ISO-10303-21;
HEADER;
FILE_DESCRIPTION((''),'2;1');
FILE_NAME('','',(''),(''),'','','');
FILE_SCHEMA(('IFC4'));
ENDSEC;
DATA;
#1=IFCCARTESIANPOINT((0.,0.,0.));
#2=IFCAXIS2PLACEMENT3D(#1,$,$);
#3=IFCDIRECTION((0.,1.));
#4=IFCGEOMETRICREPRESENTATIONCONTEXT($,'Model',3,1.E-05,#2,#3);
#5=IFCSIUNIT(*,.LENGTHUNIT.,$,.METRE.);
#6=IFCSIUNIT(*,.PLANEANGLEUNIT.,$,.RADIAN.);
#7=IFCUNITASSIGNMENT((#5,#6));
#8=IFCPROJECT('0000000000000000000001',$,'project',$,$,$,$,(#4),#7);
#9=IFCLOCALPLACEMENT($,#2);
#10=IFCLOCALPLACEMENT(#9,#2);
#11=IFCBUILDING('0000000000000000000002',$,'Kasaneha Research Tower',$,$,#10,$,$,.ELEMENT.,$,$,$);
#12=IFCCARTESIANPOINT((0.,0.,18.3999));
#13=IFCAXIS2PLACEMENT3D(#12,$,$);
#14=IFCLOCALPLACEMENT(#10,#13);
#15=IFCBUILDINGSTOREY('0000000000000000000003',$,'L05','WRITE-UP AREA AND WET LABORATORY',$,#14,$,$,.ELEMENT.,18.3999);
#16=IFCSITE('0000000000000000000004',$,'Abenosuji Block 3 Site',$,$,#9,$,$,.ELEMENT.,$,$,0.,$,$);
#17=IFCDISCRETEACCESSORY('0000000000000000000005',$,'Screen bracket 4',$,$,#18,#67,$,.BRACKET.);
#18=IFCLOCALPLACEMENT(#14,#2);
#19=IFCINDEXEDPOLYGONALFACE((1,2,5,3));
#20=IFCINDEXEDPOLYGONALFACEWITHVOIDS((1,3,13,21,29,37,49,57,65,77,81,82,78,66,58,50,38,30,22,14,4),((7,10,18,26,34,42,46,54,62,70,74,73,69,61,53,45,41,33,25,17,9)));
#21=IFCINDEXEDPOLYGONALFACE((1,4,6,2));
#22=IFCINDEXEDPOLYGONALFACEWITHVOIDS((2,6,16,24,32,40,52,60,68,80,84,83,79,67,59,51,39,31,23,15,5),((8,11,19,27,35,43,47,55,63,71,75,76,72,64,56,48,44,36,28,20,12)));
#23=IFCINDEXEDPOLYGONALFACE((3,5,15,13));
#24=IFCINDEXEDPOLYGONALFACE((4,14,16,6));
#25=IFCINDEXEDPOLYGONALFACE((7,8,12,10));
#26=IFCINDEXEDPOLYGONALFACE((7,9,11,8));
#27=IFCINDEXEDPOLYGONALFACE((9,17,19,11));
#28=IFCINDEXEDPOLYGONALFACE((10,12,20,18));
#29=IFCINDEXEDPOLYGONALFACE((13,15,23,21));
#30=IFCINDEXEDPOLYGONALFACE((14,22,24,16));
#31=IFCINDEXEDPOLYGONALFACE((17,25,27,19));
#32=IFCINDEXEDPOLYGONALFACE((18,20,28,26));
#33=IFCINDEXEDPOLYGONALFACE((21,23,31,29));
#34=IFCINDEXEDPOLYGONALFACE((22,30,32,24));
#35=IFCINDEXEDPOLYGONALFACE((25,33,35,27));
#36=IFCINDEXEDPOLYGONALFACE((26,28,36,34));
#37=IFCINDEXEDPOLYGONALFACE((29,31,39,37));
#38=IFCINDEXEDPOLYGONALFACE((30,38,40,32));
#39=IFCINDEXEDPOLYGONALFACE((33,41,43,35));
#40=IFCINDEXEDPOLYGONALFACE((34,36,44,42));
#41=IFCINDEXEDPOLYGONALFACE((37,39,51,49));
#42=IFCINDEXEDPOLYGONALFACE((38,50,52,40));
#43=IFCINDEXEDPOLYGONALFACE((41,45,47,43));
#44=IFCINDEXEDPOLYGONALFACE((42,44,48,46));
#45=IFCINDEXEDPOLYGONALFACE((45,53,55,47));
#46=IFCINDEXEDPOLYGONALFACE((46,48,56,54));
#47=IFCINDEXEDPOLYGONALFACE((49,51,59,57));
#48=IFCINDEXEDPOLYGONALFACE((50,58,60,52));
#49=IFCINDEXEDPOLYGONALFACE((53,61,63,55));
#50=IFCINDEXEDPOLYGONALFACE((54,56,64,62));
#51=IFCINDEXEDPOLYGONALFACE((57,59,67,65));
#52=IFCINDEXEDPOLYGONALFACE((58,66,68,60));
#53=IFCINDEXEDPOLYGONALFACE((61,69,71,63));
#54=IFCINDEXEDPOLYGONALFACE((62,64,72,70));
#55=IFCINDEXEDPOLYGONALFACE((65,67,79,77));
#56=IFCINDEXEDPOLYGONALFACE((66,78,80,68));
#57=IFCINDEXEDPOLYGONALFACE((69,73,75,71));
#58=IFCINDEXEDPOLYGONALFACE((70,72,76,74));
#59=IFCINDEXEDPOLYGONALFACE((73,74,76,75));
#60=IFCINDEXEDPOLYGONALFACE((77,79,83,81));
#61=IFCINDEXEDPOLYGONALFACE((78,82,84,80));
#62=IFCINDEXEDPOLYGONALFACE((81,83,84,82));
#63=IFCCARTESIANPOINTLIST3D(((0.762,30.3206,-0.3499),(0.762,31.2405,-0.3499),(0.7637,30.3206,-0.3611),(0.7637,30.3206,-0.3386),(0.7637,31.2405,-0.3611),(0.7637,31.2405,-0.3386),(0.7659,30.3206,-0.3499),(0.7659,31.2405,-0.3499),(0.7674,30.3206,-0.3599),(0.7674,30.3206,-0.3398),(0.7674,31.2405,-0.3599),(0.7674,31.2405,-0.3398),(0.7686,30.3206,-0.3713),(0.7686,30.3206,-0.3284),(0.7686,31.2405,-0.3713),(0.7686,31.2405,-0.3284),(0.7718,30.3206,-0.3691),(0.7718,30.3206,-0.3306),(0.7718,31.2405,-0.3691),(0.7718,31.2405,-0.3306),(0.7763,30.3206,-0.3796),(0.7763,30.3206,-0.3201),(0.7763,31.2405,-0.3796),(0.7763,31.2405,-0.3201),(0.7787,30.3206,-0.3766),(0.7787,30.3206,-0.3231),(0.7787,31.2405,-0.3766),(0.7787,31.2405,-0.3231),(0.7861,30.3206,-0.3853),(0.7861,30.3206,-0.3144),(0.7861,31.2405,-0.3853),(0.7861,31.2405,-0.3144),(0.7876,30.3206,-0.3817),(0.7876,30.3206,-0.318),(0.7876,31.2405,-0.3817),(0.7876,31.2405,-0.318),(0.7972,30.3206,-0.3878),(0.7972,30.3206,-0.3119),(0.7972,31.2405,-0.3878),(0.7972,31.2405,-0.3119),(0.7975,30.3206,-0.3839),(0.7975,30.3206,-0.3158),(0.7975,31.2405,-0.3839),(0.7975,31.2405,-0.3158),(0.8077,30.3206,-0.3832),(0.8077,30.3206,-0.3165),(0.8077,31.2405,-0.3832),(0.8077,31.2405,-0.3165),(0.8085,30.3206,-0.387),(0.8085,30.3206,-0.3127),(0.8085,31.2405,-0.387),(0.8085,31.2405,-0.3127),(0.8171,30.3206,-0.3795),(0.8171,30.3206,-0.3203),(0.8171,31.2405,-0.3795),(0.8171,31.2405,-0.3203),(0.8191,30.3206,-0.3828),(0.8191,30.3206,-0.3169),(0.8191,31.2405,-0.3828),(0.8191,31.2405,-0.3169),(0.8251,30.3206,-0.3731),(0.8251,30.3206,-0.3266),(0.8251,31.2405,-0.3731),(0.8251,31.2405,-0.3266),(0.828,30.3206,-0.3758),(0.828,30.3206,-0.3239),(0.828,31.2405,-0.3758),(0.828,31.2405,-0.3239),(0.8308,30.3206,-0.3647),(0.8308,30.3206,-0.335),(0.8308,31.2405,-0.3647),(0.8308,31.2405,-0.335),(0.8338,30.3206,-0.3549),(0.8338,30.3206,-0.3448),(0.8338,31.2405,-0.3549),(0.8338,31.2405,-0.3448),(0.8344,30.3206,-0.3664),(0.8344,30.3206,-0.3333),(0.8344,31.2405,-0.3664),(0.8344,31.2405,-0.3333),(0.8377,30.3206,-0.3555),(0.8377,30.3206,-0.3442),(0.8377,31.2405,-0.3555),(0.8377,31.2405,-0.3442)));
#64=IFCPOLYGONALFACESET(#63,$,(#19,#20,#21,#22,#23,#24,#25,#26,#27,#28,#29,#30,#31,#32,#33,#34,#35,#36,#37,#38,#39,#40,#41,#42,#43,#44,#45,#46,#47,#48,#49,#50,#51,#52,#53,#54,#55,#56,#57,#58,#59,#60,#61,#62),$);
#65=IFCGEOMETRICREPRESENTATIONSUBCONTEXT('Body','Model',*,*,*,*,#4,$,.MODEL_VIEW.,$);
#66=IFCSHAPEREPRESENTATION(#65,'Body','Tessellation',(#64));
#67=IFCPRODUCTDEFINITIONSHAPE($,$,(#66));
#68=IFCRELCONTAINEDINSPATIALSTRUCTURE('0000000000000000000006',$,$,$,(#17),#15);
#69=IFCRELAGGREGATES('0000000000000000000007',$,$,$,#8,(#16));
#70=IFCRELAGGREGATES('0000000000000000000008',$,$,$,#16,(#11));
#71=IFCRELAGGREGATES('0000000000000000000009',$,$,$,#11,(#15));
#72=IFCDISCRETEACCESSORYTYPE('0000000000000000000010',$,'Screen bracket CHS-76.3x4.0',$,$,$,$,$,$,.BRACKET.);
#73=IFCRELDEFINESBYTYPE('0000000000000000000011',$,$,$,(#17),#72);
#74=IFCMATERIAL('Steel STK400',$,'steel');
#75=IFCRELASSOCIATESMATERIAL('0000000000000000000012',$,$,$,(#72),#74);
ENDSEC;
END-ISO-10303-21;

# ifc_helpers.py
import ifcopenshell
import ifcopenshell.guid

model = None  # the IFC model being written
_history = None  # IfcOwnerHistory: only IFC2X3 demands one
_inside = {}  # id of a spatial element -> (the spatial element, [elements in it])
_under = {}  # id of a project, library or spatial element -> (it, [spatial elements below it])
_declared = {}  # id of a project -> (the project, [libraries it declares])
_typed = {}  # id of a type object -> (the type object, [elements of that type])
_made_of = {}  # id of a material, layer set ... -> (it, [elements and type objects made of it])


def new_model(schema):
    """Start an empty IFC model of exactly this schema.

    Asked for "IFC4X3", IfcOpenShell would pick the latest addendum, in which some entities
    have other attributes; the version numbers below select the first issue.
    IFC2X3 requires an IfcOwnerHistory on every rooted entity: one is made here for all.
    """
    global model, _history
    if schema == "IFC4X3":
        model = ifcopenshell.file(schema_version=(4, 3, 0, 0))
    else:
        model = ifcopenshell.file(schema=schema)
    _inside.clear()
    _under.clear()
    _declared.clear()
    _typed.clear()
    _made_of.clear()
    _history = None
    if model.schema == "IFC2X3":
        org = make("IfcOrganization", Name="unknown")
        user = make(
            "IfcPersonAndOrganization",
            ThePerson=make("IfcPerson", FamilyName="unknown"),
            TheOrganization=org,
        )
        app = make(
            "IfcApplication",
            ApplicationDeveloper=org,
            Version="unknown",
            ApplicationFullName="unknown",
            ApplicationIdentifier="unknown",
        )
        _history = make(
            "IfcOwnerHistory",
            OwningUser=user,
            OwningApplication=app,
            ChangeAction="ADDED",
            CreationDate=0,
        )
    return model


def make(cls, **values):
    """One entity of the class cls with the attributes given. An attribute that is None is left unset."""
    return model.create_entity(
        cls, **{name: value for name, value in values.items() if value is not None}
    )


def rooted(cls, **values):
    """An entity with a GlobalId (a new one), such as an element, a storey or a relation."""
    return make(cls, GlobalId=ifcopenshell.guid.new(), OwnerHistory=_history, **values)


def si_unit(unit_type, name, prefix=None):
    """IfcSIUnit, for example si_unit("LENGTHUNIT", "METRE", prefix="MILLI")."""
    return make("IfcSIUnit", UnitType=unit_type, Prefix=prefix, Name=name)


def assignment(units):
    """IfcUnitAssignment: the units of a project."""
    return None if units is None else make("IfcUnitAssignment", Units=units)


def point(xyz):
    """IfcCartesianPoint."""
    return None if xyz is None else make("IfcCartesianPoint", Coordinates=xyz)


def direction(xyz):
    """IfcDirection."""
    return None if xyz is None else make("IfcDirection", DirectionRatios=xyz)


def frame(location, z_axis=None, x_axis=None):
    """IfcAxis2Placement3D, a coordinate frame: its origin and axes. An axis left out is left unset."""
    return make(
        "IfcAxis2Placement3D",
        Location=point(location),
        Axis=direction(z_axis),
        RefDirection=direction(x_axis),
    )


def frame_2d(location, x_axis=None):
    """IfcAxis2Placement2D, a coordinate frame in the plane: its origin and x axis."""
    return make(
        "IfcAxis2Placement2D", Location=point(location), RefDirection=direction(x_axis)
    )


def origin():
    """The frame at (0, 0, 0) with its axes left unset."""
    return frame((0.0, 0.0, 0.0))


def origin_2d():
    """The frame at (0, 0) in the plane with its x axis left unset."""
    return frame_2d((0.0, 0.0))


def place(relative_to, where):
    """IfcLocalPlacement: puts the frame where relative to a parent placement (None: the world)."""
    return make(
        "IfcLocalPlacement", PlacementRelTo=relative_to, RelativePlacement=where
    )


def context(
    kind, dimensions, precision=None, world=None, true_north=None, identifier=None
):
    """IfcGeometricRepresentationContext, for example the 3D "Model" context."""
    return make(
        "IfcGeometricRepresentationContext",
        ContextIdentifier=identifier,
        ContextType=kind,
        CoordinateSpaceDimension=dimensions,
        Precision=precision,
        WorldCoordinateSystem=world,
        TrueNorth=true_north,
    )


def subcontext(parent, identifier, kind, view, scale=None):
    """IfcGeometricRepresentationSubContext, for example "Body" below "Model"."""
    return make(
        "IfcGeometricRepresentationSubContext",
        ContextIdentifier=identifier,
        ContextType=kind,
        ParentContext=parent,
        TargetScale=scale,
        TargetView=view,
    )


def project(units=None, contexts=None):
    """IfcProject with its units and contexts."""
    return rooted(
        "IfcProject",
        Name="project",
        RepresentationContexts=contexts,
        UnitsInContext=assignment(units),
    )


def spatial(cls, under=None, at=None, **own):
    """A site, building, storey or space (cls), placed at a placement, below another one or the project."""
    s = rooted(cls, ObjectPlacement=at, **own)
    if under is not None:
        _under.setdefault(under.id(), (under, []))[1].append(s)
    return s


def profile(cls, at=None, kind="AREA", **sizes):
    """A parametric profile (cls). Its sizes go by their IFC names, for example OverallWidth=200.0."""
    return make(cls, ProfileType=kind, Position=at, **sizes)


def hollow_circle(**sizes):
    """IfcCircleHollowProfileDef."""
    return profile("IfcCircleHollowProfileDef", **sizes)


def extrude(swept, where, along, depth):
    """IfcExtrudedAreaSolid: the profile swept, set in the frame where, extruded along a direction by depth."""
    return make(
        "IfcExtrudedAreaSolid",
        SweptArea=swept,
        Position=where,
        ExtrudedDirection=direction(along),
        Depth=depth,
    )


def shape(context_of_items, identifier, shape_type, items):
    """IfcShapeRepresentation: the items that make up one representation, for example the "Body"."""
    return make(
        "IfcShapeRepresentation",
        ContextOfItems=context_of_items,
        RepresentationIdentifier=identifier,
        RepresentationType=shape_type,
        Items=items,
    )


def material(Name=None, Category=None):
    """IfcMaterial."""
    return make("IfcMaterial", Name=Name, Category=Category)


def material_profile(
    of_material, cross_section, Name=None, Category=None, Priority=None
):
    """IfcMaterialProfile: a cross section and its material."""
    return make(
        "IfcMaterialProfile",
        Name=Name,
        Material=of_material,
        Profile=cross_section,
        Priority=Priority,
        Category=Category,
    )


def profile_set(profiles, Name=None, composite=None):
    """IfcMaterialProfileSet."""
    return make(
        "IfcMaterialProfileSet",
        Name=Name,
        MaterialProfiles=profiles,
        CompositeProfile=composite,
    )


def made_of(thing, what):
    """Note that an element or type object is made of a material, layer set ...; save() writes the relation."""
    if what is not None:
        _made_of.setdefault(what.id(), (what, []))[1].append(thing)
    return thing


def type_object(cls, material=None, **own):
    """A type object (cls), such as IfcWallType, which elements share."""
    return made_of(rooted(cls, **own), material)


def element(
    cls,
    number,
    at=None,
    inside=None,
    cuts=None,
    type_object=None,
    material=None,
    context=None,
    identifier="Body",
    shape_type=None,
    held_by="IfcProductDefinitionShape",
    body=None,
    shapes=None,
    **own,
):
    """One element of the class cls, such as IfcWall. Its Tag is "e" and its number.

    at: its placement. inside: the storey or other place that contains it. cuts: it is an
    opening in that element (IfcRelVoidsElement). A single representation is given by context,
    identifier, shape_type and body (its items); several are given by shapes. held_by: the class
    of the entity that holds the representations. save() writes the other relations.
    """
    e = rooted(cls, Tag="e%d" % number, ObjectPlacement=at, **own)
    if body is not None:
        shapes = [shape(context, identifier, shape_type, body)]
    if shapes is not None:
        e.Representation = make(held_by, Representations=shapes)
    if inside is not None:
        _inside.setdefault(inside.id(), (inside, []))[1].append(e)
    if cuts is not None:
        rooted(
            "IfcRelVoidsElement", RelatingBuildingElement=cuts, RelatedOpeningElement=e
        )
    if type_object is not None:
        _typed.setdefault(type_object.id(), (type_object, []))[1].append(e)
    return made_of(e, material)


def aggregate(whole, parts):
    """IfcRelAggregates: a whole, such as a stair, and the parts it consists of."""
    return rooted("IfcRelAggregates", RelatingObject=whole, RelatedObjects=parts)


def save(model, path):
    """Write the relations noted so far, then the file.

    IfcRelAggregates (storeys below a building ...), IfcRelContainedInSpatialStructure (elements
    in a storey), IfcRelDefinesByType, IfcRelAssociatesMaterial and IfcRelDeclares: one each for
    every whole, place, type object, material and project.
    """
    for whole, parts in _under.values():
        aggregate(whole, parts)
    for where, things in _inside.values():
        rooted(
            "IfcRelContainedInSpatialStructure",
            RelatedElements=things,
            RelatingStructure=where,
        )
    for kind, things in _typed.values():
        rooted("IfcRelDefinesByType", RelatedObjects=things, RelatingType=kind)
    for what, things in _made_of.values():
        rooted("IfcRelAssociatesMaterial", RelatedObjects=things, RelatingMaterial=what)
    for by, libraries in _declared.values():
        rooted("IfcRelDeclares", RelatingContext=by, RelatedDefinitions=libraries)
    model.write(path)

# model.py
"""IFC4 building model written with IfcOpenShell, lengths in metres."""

from ifc_helpers import new_model, si_unit, direction, frame, origin, origin_2d, place, context, subcontext, project, spatial, hollow_circle, extrude, material, material_profile, profile_set, type_object, element, save


model = new_model("IFC4")

# Units and contexts
model_context = context("Model", 3, precision=1e-05, world=origin(), true_north=direction((0.0, 1.0)))
body_context = subcontext(model_context, "Body", "Model", "MODEL_VIEW")
ifc_project = project(units=[si_unit("LENGTHUNIT", "METRE"), si_unit("PLANEANGLEUNIT", "RADIAN")], contexts=[model_context])

# Site, building, storey
site_placement = place(None, origin())
site = spatial("IfcSite", under=ifc_project, at=site_placement, Name="Abenosuji Block 3 Site", CompositionType="ELEMENT", RefElevation=0.0)
building_placement = place(site_placement, origin())
building = spatial("IfcBuilding", under=site, at=building_placement, Name="Kasaneha Research Tower", CompositionType="ELEMENT")
storey_placement = place(building_placement, frame((0.0, 0.0, 18.3999)))
storey = spatial("IfcBuildingStorey", under=building, at=storey_placement, Name="L05", Description="WRITE-UP AREA AND WET LABORATORY", CompositionType="ELEMENT", Elevation=18.3999)

# Discrete accessory
ifc_material_1 = material(Name="Steel STK400", Category="steel")
ifc_material_profile_1 = material_profile(ifc_material_1, hollow_circle(Radius=0.0381, WallThickness=0.0039, at=origin_2d()), Name="CHS-76.3x4.0")
ifc_profile_set_1 = profile_set([ifc_material_profile_1], Name="Steel STK400")
discrete_accessory_type = type_object("IfcDiscreteAccessoryType", Name="Screen bracket CHS-76.3x4.0", PredefinedType="BRACKET", material=ifc_profile_set_1)
for number, where, z_axis, x_axis, name in (
    (1, (0.8, 30.3206, -0.3499), (0.0, 1.0, 0.0), (-1.0, 0.0, 0.0), "Screen bracket 4"),
):
    element("IfcDiscreteAccessory", number, at=place(storey_placement, frame(where, z_axis=z_axis, x_axis=x_axis)), inside=storey, type_object=discrete_accessory_type, Name=name, PredefinedType="BRACKET", context=body_context, shape_type="SweptSolid", body=[
        extrude(hollow_circle(Radius=0.0381, WallThickness=0.0039, at=origin_2d()), origin(), (0.0, 0.0, 1.0), 0.9199),
    ])

save(model, "model.ifc")
